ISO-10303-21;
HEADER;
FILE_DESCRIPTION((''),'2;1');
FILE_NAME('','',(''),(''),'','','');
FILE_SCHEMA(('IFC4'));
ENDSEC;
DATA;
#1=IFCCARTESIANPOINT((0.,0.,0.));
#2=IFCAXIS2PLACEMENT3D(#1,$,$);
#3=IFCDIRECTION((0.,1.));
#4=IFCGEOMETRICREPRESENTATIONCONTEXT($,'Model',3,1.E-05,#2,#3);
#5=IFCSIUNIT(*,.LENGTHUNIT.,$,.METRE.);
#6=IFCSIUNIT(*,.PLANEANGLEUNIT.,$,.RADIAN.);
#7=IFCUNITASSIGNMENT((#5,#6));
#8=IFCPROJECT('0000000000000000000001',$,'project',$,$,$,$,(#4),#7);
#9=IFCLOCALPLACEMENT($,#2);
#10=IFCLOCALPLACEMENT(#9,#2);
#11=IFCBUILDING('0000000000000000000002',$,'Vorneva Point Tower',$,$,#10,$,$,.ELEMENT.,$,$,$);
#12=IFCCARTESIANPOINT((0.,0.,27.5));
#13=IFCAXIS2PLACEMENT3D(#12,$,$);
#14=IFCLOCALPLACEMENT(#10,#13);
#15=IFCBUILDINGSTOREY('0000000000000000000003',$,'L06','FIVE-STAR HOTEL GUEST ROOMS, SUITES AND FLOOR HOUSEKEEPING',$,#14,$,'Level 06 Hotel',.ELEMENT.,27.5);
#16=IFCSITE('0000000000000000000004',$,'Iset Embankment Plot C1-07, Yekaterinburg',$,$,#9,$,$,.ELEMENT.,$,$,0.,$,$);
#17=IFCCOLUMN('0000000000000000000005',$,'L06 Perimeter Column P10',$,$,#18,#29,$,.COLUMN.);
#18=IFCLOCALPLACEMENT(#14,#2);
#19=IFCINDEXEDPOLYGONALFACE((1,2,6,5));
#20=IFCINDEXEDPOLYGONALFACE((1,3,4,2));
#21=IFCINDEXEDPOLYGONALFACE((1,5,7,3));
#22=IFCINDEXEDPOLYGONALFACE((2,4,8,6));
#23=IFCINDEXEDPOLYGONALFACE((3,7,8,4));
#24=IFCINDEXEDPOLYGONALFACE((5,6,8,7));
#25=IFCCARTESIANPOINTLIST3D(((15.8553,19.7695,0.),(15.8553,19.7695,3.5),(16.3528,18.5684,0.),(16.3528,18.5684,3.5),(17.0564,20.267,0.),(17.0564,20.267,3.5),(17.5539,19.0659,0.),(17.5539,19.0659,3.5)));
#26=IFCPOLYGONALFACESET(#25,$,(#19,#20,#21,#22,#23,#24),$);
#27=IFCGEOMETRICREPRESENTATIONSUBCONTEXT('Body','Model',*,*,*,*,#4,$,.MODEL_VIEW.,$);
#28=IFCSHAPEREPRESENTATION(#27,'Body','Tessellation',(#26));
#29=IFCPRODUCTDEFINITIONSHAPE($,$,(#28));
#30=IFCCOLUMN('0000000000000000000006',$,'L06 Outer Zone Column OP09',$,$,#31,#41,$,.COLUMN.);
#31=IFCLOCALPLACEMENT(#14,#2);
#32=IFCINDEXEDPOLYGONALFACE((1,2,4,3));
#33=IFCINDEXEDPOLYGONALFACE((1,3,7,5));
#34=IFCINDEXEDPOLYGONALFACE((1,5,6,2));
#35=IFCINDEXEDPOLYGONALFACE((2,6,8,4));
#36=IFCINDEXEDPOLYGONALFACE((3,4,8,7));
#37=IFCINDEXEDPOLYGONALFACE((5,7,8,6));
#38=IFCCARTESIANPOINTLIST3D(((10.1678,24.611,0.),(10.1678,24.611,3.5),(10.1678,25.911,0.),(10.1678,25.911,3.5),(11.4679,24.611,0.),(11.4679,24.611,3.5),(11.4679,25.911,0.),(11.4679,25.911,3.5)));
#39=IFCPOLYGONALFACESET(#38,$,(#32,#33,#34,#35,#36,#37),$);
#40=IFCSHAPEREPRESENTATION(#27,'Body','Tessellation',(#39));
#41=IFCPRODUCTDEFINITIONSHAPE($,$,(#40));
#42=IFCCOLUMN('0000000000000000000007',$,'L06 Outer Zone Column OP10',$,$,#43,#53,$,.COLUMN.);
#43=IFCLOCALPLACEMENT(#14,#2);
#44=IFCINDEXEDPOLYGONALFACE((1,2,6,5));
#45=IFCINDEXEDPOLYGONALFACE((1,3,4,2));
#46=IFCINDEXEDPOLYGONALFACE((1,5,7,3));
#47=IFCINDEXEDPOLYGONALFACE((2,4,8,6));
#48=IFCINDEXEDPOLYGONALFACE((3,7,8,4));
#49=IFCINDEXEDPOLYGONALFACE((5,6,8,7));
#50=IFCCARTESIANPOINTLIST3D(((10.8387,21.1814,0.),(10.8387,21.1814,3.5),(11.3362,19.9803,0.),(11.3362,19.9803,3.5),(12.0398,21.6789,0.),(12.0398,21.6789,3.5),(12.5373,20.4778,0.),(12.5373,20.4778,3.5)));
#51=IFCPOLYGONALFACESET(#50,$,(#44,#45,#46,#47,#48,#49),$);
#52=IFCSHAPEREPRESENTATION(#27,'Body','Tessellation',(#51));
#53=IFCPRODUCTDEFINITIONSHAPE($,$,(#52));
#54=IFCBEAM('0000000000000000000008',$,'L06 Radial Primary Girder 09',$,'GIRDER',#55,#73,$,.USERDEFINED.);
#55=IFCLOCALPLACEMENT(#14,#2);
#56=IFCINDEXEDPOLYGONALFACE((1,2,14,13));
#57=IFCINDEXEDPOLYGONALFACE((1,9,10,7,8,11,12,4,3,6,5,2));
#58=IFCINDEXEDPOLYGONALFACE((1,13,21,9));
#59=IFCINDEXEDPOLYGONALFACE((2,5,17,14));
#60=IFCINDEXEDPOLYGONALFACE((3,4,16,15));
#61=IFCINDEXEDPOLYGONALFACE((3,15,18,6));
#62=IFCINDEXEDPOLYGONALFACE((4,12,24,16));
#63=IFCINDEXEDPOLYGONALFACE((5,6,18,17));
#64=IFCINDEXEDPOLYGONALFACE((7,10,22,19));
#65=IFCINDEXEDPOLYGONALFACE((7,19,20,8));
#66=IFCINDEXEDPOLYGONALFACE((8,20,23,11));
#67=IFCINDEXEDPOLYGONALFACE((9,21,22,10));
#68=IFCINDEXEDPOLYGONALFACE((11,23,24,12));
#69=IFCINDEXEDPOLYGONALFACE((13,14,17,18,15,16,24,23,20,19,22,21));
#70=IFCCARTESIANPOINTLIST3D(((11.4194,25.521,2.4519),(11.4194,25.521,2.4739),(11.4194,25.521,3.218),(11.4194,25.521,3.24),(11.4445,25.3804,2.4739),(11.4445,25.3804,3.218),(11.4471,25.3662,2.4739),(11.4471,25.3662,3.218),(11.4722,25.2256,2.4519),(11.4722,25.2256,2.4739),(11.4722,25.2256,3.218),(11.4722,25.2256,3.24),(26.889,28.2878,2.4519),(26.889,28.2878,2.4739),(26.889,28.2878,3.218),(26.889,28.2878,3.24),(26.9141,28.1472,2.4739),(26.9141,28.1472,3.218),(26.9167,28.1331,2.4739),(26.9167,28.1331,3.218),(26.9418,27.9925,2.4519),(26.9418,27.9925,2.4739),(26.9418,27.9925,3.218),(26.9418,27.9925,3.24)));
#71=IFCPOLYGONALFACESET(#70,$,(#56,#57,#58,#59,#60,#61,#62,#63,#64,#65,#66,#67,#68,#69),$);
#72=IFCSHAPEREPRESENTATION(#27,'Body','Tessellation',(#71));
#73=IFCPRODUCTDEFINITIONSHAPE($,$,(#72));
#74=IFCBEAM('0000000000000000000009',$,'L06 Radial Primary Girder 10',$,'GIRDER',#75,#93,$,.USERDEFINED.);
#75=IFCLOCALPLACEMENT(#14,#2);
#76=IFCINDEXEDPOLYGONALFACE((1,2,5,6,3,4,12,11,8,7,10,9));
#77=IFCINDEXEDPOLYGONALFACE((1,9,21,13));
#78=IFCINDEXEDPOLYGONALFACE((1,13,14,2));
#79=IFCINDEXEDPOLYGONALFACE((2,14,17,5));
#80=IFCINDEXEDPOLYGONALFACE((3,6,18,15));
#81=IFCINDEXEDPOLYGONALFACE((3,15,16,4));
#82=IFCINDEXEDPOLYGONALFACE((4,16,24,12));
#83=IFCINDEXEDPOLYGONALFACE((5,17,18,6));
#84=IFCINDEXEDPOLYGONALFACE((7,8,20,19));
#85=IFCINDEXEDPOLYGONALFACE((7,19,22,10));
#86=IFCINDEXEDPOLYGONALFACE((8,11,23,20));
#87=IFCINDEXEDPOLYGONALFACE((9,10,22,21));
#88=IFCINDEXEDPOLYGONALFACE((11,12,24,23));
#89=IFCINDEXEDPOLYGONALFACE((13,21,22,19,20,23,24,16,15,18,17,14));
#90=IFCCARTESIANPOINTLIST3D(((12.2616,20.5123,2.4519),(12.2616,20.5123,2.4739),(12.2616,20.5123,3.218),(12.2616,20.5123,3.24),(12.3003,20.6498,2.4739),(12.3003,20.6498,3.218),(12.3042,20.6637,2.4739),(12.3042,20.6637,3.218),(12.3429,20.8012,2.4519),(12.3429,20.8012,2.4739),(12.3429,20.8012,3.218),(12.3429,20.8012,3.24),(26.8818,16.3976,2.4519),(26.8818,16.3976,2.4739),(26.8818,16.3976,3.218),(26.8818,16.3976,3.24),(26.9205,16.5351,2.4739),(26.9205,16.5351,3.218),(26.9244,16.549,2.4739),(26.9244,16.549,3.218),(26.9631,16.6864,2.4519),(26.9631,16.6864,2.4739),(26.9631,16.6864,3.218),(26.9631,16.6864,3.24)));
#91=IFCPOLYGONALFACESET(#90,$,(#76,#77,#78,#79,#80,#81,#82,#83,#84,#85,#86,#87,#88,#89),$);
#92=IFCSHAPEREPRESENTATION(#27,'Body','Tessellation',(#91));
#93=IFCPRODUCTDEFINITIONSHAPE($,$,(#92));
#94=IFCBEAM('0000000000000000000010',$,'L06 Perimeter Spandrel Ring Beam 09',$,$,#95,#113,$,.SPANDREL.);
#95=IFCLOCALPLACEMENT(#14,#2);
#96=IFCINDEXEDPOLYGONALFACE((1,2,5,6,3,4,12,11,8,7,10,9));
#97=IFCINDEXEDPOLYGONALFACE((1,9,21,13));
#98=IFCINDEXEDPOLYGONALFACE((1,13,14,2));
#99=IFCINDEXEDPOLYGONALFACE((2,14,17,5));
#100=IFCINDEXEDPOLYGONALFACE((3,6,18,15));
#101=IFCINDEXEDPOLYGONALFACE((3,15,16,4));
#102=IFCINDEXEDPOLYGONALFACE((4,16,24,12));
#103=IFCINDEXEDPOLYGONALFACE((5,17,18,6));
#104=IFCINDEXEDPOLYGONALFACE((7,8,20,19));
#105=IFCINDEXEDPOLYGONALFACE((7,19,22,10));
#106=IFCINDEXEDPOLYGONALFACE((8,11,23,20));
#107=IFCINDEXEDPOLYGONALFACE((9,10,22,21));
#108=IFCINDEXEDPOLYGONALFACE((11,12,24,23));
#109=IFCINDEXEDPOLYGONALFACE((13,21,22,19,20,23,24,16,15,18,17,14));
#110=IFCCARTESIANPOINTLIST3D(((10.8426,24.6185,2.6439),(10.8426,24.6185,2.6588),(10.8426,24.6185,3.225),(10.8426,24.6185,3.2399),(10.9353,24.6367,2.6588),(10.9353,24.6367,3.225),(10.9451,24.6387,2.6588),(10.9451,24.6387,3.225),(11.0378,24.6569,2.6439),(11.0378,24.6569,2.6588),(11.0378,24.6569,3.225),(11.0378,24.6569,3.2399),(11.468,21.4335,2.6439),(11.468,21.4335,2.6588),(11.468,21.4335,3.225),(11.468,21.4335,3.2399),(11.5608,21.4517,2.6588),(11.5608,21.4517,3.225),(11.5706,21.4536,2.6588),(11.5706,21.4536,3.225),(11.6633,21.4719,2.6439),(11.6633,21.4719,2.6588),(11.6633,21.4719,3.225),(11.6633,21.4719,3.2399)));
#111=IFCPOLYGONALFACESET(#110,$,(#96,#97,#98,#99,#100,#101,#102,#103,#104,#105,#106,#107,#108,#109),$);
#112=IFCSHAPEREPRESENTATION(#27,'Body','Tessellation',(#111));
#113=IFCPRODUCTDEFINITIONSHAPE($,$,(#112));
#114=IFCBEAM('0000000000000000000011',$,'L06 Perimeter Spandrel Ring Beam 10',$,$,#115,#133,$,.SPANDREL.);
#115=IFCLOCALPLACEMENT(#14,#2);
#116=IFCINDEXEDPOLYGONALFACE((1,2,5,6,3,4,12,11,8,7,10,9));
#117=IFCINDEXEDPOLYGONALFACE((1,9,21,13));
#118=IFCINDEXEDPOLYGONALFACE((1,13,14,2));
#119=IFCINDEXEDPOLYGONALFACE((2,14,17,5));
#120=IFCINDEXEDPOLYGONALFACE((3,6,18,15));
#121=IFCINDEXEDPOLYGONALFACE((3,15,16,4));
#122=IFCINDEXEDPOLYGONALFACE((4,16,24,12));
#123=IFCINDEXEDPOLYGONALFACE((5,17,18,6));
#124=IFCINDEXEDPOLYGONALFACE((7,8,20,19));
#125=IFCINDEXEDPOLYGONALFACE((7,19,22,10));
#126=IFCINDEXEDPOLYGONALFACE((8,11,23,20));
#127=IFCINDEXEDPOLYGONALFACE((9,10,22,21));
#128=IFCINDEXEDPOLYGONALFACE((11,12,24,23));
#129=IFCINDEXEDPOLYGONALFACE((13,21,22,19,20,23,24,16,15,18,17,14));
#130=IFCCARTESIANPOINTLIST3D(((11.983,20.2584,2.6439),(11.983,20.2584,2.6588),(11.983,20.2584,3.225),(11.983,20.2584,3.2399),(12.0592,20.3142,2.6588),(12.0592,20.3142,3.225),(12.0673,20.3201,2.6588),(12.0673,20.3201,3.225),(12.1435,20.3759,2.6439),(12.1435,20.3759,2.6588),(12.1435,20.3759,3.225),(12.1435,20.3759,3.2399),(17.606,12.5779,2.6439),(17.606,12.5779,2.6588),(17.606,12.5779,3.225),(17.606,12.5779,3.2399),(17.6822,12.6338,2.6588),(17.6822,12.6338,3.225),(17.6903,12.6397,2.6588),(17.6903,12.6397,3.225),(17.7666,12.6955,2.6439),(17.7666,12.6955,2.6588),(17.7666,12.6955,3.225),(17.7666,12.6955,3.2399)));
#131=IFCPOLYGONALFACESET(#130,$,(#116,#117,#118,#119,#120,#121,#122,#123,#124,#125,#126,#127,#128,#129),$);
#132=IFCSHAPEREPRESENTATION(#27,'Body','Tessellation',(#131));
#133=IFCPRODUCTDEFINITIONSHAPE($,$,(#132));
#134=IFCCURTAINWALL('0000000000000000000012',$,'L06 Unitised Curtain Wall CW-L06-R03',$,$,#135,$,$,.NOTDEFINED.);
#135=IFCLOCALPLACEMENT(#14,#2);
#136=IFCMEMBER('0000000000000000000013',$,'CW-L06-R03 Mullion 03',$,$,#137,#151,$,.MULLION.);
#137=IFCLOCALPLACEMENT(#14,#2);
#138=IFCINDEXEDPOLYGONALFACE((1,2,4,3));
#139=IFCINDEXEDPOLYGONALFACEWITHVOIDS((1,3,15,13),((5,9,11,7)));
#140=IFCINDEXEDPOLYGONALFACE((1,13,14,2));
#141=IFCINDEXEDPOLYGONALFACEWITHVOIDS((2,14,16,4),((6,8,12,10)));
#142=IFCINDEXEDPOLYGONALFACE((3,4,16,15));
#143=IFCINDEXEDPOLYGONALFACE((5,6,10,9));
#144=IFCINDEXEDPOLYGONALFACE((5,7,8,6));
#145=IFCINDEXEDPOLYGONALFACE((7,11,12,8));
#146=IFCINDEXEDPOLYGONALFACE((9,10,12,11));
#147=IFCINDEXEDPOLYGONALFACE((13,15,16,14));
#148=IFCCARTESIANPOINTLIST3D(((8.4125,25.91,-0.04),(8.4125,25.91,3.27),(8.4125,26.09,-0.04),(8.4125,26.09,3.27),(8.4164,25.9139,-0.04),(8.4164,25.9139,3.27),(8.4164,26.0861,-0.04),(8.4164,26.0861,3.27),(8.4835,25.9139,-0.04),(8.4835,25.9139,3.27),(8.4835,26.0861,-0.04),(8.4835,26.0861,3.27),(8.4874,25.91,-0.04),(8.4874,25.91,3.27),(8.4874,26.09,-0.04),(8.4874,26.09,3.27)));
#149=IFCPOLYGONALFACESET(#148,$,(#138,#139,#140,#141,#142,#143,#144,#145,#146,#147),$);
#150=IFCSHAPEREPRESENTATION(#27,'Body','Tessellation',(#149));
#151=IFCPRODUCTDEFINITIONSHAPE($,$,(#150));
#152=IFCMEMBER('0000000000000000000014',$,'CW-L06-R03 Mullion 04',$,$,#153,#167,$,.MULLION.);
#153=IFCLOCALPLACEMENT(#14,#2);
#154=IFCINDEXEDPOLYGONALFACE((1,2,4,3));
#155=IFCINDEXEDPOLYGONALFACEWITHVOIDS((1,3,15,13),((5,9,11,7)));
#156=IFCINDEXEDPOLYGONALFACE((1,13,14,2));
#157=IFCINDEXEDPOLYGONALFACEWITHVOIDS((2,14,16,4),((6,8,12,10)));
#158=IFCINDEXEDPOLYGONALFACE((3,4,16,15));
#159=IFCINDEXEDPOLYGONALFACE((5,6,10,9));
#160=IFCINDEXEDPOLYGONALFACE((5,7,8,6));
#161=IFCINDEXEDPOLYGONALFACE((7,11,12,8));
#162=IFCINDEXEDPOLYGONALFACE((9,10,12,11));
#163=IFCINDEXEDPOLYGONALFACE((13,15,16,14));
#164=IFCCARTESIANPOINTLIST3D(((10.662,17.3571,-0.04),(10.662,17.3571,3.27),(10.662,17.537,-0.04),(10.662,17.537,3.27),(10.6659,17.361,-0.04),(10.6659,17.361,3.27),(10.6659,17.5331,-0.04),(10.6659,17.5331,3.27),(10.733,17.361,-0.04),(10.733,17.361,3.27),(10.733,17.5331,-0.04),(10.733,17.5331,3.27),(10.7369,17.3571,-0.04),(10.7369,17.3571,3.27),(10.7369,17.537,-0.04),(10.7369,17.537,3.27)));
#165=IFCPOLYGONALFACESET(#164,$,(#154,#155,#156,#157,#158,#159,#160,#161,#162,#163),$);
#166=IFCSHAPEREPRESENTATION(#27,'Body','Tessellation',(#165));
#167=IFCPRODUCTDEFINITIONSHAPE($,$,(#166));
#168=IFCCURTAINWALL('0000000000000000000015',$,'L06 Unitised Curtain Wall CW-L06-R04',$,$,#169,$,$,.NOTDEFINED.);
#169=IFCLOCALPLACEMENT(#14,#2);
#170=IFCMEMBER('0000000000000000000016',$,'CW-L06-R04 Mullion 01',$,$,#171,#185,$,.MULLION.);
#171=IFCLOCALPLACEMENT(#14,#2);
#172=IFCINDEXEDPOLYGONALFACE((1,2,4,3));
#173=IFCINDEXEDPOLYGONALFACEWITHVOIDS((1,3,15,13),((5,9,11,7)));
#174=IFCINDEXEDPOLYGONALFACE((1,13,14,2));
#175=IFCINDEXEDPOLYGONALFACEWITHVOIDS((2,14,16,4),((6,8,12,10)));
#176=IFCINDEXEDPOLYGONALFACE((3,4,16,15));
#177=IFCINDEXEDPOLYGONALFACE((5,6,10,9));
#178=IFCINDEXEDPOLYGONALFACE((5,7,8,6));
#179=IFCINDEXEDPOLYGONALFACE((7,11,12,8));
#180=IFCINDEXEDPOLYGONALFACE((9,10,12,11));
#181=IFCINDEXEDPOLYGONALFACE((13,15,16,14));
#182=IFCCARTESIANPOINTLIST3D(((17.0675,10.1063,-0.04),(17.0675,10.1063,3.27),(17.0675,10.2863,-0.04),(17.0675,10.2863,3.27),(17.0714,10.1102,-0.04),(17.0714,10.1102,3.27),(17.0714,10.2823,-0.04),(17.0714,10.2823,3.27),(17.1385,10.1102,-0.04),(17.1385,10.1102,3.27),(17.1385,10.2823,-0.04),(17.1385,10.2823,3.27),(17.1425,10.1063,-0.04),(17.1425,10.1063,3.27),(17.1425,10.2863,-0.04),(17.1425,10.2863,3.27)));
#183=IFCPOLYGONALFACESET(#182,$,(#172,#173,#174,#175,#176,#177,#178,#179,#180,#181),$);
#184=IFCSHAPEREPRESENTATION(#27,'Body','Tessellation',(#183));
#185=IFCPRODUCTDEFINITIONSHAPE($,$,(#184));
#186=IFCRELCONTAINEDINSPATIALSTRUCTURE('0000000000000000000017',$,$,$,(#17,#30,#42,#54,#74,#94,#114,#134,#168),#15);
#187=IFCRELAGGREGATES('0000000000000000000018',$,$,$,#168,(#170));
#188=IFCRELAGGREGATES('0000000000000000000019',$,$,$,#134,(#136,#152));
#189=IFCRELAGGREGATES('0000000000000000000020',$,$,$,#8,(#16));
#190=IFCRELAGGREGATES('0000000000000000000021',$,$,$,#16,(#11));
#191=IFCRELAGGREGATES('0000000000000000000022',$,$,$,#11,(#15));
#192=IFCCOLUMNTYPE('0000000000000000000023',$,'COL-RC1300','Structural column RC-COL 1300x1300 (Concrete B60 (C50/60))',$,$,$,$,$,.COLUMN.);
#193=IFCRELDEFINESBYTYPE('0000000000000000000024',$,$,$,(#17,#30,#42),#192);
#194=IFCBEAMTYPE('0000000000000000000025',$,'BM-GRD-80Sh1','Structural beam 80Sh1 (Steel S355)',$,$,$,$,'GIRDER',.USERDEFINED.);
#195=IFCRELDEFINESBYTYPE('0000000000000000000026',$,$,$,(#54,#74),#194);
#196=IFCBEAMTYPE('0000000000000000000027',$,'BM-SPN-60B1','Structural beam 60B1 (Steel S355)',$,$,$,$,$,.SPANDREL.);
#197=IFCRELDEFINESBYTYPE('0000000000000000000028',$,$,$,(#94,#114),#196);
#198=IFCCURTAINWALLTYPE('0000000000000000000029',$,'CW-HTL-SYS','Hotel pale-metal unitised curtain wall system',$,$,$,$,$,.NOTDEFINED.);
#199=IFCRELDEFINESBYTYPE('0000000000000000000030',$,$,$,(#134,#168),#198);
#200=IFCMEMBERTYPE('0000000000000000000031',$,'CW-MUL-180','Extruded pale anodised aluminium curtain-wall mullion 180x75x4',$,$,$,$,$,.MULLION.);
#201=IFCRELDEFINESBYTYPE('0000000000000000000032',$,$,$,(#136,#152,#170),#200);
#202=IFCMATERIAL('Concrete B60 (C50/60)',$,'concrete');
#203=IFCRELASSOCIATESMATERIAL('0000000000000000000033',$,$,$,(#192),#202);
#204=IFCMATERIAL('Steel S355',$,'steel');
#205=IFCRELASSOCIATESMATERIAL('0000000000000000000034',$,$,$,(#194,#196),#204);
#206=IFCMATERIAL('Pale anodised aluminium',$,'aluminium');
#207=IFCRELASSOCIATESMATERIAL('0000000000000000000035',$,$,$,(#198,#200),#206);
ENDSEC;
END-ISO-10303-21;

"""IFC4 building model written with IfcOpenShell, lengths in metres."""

from ifc_helpers import new_model, si_unit, direction, frame, origin, origin_2d, place, context, subcontext, project, spatial, rectangle, hollow_rectangle, i_section, extrude, material, material_profile, profile_set, type_object, element, aggregate, save


model = new_model("IFC4")

# Units and contexts
model_context = context("Model", 3, precision=1e-05, world=origin(), true_north=direction((0.0, 1.0)))
body_context = subcontext(model_context, "Body", "Model", "MODEL_VIEW")
ifc_project = project(units=[si_unit("LENGTHUNIT", "METRE"), si_unit("PLANEANGLEUNIT", "RADIAN")], contexts=[model_context])

# Site, building, storey
site_placement = place(None, origin())
site = spatial("IfcSite", under=ifc_project, at=site_placement, Name="Iset Embankment Plot C1-07, Yekaterinburg", CompositionType="ELEMENT", RefElevation=0.0)
building_placement = place(site_placement, origin())
building = spatial("IfcBuilding", under=site, at=building_placement, Name="Vorneva Point Tower", CompositionType="ELEMENT")
storey_placement = place(building_placement, frame((0.0, 0.0, 27.5)))
storey = spatial("IfcBuildingStorey", under=building, at=storey_placement, Name="L06", Description="FIVE-STAR HOTEL GUEST ROOMS, SUITES AND FLOOR HOUSEKEEPING", LongName="Level 06 Hotel", CompositionType="ELEMENT", Elevation=27.5)

# Columns
ifc_material_1 = material(Name="Concrete B60 (C50/60)", Category="concrete")
ifc_material_profile_1 = material_profile(ifc_material_1, rectangle(XDim=1.3, YDim=1.3, at=origin_2d()), Name="RC-COL 1300x1300")
ifc_profile_set_1 = profile_set([ifc_material_profile_1], Name="Concrete B60 (C50/60)")
column_type = type_object("IfcColumnType", Name="COL-RC1300", Description="Structural column RC-COL 1300x1300 (Concrete B60 (C50/60))", PredefinedType="COLUMN", material=ifc_profile_set_1)
for number, where, z_axis, x_axis, name in (
    (1, (16.7046, 19.4177, 0.0), (0.0, 0.0, 1.0), (-0.92388, -0.382683, 0.0), "L06 Perimeter Column P10"),
    (2, (10.8179, 25.261, 0.0), (0.0, 0.0, 1.0), (-1.0, 0.0, 0.0), "L06 Outer Zone Column OP09"),
    (3, (11.688, 20.8296, 0.0), (0.0, 0.0, 1.0), (-0.92388, -0.382683, 0.0), "L06 Outer Zone Column OP10"),
):
    element("IfcColumn", number, at=place(storey_placement, frame(where, z_axis=z_axis, x_axis=x_axis)), inside=storey, type_object=column_type, Name=name, PredefinedType="COLUMN", context=body_context, shape_type="SweptSolid", body=[
        extrude(rectangle(XDim=1.3, YDim=1.3, at=origin_2d()), origin(), (0.0, 0.0, 1.0), 3.5),
    ])

# Beams
ifc_material_2 = material(Name="Steel S355", Category="steel")
ifc_material_profile_2 = material_profile(ifc_material_2, i_section(OverallWidth=0.3, OverallDepth=0.7881, WebThickness=0.0144, FlangeThickness=0.022, at=origin_2d()), Name="80Sh1")
ifc_profile_set_2 = profile_set([ifc_material_profile_2], Name="Steel S355")
beam_type_1 = type_object("IfcBeamType", Name="BM-GRD-80Sh1", Description="Structural beam 80Sh1 (Steel S355)", ElementType="GIRDER", PredefinedType="USERDEFINED", material=ifc_profile_set_2)
beam_1_placement = place(storey_placement, frame((11.4458, 25.3733, 2.8459), z_axis=(0.984379, 0.176064, 0.0), x_axis=(-0.176064, 0.984379, 0.0)))
element("IfcBeam", 4, at=beam_1_placement, inside=storey, type_object=beam_type_1, Name="L06 Radial Primary Girder 09", ObjectType="GIRDER", PredefinedType="USERDEFINED", context=body_context, shape_type="SweptSolid", body=[
    extrude(i_section(OverallWidth=0.3, OverallDepth=0.7881, WebThickness=0.0144, FlangeThickness=0.022, at=origin_2d()), origin(), (0.0, 0.0, 1.0), 15.7151),
])
beam_2_placement = place(storey_placement, frame((12.3022, 20.6567, 2.8459), z_axis=(0.962603, -0.270915, 0.0), x_axis=(0.270915, 0.962603, 0.0)))
element("IfcBeam", 5, at=beam_2_placement, inside=storey, type_object=beam_type_1, Name="L06 Radial Primary Girder 10", ObjectType="GIRDER", PredefinedType="USERDEFINED", context=body_context, shape_type="SweptSolid", body=[
    extrude(i_section(OverallWidth=0.3, OverallDepth=0.7881, WebThickness=0.0144, FlangeThickness=0.022, at=origin_2d()), origin(), (0.0, 0.0, 1.0), 15.1882),
])
ifc_material_profile_3 = material_profile(ifc_material_2, i_section(OverallWidth=0.199, OverallDepth=0.5959, WebThickness=0.01, FlangeThickness=0.0149, at=origin_2d()), Name="60B1")
ifc_profile_set_3 = profile_set([ifc_material_profile_3], Name="Steel S355")
beam_type_2 = type_object("IfcBeamType", Name="BM-SPN-60B1", Description="Structural beam 60B1 (Steel S355)", PredefinedType="SPANDREL", material=ifc_profile_set_3)
beam_3_placement = place(storey_placement, frame((10.9402, 24.6377, 2.9419), z_axis=(0.192701, -0.981257, 0.0), x_axis=(0.981257, 0.192701, 0.0)))
element("IfcBeam", 6, at=beam_3_placement, inside=storey, type_object=beam_type_2, Name="L06 Perimeter Spandrel Ring Beam 09", PredefinedType="SPANDREL", context=body_context, shape_type="SweptSolid", body=[
    extrude(i_section(OverallWidth=0.199, OverallDepth=0.5959, WebThickness=0.01, FlangeThickness=0.0149, at=origin_2d()), origin(), (0.0, 0.0, 1.0), 3.2458),
])
beam_4_placement = place(storey_placement, frame((12.0632, 20.3171, 2.9419), z_axis=(0.590731, -0.806869, 0.0), x_axis=(0.806869, 0.590731, 0.0)))
element("IfcBeam", 7, at=beam_4_placement, inside=storey, type_object=beam_type_2, Name="L06 Perimeter Spandrel Ring Beam 10", PredefinedType="SPANDREL", context=body_context, shape_type="SweptSolid", body=[
    extrude(i_section(OverallWidth=0.199, OverallDepth=0.5959, WebThickness=0.01, FlangeThickness=0.0149, at=origin_2d()), origin(), (0.0, 0.0, 1.0), 9.5188),
])

# Curtain wall, members
ifc_material_3 = material(Name="Pale anodised aluminium", Category="aluminium")
curtain_wall_type = type_object("IfcCurtainWallType", Name="CW-HTL-SYS", Description="Hotel pale-metal unitised curtain wall system", PredefinedType="NOTDEFINED", material=ifc_material_3)
curtain_wall_1_placement = place(storey_placement, origin())
curtain_wall_1 = element("IfcCurtainWall", 8, at=curtain_wall_1_placement, inside=storey, type_object=curtain_wall_type, Name="L06 Unitised Curtain Wall CW-L06-R03", PredefinedType="NOTDEFINED")
ifc_material_profile_4 = material_profile(ifc_material_3, hollow_rectangle(XDim=0.075, YDim=0.1799, WallThickness=0.0039, at=origin_2d()), Name="AL-MUL 180x75x4")
ifc_profile_set_4 = profile_set([ifc_material_profile_4], Name="Pale anodised aluminium")
member_type_1 = type_object("IfcMemberType", Name="CW-MUL-180", Description="Extruded pale anodised aluminium curtain-wall mullion 180x75x4", PredefinedType="MULLION", material=ifc_profile_set_4)
member_1_placement = place(storey_placement, frame((8.45, 26.0, -0.04), z_axis=(0.0, 0.0, 1.0), x_axis=(1.0, 0.0, 0.0)))
member_1 = element("IfcMember", 9, at=member_1_placement, type_object=member_type_1, Name="CW-L06-R03 Mullion 03", PredefinedType="MULLION", context=body_context, shape_type="SweptSolid", body=[
    extrude(hollow_rectangle(XDim=0.075, YDim=0.1799, WallThickness=0.0039, at=origin_2d()), origin(), (0.0, 0.0, 1.0), 3.3101),
])
member_2_placement = place(storey_placement, frame((10.6995, 17.447, -0.04), z_axis=(0.0, 0.0, 1.0), x_axis=(1.0, 0.0, 0.0)))
member_2 = element("IfcMember", 10, at=member_2_placement, type_object=member_type_1, Name="CW-L06-R03 Mullion 04", PredefinedType="MULLION", context=body_context, shape_type="SweptSolid", body=[
    extrude(hollow_rectangle(XDim=0.075, YDim=0.1799, WallThickness=0.0039, at=origin_2d()), origin(), (0.0, 0.0, 1.0), 3.3101),
])

# Curtain wall, member
curtain_wall_2_placement = place(storey_placement, origin())
curtain_wall_2 = element("IfcCurtainWall", 11, at=curtain_wall_2_placement, inside=storey, type_object=curtain_wall_type, Name="L06 Unitised Curtain Wall CW-L06-R04", PredefinedType="NOTDEFINED")
member_3_placement = place(storey_placement, frame((17.105, 10.1963, -0.04), z_axis=(0.0, 0.0, 1.0), x_axis=(1.0, 0.0, 0.0)))
member_3 = element("IfcMember", 12, at=member_3_placement, type_object=member_type_1, Name="CW-L06-R04 Mullion 01", PredefinedType="MULLION", context=body_context, shape_type="SweptSolid", body=[
    extrude(hollow_rectangle(XDim=0.075, YDim=0.1799, WallThickness=0.0039, at=origin_2d()), origin(), (0.0, 0.0, 1.0), 3.3101),
])

aggregate(curtain_wall_2, [member_3])

aggregate(curtain_wall_1, [member_1, member_2])

save(model, "model.ifc")
